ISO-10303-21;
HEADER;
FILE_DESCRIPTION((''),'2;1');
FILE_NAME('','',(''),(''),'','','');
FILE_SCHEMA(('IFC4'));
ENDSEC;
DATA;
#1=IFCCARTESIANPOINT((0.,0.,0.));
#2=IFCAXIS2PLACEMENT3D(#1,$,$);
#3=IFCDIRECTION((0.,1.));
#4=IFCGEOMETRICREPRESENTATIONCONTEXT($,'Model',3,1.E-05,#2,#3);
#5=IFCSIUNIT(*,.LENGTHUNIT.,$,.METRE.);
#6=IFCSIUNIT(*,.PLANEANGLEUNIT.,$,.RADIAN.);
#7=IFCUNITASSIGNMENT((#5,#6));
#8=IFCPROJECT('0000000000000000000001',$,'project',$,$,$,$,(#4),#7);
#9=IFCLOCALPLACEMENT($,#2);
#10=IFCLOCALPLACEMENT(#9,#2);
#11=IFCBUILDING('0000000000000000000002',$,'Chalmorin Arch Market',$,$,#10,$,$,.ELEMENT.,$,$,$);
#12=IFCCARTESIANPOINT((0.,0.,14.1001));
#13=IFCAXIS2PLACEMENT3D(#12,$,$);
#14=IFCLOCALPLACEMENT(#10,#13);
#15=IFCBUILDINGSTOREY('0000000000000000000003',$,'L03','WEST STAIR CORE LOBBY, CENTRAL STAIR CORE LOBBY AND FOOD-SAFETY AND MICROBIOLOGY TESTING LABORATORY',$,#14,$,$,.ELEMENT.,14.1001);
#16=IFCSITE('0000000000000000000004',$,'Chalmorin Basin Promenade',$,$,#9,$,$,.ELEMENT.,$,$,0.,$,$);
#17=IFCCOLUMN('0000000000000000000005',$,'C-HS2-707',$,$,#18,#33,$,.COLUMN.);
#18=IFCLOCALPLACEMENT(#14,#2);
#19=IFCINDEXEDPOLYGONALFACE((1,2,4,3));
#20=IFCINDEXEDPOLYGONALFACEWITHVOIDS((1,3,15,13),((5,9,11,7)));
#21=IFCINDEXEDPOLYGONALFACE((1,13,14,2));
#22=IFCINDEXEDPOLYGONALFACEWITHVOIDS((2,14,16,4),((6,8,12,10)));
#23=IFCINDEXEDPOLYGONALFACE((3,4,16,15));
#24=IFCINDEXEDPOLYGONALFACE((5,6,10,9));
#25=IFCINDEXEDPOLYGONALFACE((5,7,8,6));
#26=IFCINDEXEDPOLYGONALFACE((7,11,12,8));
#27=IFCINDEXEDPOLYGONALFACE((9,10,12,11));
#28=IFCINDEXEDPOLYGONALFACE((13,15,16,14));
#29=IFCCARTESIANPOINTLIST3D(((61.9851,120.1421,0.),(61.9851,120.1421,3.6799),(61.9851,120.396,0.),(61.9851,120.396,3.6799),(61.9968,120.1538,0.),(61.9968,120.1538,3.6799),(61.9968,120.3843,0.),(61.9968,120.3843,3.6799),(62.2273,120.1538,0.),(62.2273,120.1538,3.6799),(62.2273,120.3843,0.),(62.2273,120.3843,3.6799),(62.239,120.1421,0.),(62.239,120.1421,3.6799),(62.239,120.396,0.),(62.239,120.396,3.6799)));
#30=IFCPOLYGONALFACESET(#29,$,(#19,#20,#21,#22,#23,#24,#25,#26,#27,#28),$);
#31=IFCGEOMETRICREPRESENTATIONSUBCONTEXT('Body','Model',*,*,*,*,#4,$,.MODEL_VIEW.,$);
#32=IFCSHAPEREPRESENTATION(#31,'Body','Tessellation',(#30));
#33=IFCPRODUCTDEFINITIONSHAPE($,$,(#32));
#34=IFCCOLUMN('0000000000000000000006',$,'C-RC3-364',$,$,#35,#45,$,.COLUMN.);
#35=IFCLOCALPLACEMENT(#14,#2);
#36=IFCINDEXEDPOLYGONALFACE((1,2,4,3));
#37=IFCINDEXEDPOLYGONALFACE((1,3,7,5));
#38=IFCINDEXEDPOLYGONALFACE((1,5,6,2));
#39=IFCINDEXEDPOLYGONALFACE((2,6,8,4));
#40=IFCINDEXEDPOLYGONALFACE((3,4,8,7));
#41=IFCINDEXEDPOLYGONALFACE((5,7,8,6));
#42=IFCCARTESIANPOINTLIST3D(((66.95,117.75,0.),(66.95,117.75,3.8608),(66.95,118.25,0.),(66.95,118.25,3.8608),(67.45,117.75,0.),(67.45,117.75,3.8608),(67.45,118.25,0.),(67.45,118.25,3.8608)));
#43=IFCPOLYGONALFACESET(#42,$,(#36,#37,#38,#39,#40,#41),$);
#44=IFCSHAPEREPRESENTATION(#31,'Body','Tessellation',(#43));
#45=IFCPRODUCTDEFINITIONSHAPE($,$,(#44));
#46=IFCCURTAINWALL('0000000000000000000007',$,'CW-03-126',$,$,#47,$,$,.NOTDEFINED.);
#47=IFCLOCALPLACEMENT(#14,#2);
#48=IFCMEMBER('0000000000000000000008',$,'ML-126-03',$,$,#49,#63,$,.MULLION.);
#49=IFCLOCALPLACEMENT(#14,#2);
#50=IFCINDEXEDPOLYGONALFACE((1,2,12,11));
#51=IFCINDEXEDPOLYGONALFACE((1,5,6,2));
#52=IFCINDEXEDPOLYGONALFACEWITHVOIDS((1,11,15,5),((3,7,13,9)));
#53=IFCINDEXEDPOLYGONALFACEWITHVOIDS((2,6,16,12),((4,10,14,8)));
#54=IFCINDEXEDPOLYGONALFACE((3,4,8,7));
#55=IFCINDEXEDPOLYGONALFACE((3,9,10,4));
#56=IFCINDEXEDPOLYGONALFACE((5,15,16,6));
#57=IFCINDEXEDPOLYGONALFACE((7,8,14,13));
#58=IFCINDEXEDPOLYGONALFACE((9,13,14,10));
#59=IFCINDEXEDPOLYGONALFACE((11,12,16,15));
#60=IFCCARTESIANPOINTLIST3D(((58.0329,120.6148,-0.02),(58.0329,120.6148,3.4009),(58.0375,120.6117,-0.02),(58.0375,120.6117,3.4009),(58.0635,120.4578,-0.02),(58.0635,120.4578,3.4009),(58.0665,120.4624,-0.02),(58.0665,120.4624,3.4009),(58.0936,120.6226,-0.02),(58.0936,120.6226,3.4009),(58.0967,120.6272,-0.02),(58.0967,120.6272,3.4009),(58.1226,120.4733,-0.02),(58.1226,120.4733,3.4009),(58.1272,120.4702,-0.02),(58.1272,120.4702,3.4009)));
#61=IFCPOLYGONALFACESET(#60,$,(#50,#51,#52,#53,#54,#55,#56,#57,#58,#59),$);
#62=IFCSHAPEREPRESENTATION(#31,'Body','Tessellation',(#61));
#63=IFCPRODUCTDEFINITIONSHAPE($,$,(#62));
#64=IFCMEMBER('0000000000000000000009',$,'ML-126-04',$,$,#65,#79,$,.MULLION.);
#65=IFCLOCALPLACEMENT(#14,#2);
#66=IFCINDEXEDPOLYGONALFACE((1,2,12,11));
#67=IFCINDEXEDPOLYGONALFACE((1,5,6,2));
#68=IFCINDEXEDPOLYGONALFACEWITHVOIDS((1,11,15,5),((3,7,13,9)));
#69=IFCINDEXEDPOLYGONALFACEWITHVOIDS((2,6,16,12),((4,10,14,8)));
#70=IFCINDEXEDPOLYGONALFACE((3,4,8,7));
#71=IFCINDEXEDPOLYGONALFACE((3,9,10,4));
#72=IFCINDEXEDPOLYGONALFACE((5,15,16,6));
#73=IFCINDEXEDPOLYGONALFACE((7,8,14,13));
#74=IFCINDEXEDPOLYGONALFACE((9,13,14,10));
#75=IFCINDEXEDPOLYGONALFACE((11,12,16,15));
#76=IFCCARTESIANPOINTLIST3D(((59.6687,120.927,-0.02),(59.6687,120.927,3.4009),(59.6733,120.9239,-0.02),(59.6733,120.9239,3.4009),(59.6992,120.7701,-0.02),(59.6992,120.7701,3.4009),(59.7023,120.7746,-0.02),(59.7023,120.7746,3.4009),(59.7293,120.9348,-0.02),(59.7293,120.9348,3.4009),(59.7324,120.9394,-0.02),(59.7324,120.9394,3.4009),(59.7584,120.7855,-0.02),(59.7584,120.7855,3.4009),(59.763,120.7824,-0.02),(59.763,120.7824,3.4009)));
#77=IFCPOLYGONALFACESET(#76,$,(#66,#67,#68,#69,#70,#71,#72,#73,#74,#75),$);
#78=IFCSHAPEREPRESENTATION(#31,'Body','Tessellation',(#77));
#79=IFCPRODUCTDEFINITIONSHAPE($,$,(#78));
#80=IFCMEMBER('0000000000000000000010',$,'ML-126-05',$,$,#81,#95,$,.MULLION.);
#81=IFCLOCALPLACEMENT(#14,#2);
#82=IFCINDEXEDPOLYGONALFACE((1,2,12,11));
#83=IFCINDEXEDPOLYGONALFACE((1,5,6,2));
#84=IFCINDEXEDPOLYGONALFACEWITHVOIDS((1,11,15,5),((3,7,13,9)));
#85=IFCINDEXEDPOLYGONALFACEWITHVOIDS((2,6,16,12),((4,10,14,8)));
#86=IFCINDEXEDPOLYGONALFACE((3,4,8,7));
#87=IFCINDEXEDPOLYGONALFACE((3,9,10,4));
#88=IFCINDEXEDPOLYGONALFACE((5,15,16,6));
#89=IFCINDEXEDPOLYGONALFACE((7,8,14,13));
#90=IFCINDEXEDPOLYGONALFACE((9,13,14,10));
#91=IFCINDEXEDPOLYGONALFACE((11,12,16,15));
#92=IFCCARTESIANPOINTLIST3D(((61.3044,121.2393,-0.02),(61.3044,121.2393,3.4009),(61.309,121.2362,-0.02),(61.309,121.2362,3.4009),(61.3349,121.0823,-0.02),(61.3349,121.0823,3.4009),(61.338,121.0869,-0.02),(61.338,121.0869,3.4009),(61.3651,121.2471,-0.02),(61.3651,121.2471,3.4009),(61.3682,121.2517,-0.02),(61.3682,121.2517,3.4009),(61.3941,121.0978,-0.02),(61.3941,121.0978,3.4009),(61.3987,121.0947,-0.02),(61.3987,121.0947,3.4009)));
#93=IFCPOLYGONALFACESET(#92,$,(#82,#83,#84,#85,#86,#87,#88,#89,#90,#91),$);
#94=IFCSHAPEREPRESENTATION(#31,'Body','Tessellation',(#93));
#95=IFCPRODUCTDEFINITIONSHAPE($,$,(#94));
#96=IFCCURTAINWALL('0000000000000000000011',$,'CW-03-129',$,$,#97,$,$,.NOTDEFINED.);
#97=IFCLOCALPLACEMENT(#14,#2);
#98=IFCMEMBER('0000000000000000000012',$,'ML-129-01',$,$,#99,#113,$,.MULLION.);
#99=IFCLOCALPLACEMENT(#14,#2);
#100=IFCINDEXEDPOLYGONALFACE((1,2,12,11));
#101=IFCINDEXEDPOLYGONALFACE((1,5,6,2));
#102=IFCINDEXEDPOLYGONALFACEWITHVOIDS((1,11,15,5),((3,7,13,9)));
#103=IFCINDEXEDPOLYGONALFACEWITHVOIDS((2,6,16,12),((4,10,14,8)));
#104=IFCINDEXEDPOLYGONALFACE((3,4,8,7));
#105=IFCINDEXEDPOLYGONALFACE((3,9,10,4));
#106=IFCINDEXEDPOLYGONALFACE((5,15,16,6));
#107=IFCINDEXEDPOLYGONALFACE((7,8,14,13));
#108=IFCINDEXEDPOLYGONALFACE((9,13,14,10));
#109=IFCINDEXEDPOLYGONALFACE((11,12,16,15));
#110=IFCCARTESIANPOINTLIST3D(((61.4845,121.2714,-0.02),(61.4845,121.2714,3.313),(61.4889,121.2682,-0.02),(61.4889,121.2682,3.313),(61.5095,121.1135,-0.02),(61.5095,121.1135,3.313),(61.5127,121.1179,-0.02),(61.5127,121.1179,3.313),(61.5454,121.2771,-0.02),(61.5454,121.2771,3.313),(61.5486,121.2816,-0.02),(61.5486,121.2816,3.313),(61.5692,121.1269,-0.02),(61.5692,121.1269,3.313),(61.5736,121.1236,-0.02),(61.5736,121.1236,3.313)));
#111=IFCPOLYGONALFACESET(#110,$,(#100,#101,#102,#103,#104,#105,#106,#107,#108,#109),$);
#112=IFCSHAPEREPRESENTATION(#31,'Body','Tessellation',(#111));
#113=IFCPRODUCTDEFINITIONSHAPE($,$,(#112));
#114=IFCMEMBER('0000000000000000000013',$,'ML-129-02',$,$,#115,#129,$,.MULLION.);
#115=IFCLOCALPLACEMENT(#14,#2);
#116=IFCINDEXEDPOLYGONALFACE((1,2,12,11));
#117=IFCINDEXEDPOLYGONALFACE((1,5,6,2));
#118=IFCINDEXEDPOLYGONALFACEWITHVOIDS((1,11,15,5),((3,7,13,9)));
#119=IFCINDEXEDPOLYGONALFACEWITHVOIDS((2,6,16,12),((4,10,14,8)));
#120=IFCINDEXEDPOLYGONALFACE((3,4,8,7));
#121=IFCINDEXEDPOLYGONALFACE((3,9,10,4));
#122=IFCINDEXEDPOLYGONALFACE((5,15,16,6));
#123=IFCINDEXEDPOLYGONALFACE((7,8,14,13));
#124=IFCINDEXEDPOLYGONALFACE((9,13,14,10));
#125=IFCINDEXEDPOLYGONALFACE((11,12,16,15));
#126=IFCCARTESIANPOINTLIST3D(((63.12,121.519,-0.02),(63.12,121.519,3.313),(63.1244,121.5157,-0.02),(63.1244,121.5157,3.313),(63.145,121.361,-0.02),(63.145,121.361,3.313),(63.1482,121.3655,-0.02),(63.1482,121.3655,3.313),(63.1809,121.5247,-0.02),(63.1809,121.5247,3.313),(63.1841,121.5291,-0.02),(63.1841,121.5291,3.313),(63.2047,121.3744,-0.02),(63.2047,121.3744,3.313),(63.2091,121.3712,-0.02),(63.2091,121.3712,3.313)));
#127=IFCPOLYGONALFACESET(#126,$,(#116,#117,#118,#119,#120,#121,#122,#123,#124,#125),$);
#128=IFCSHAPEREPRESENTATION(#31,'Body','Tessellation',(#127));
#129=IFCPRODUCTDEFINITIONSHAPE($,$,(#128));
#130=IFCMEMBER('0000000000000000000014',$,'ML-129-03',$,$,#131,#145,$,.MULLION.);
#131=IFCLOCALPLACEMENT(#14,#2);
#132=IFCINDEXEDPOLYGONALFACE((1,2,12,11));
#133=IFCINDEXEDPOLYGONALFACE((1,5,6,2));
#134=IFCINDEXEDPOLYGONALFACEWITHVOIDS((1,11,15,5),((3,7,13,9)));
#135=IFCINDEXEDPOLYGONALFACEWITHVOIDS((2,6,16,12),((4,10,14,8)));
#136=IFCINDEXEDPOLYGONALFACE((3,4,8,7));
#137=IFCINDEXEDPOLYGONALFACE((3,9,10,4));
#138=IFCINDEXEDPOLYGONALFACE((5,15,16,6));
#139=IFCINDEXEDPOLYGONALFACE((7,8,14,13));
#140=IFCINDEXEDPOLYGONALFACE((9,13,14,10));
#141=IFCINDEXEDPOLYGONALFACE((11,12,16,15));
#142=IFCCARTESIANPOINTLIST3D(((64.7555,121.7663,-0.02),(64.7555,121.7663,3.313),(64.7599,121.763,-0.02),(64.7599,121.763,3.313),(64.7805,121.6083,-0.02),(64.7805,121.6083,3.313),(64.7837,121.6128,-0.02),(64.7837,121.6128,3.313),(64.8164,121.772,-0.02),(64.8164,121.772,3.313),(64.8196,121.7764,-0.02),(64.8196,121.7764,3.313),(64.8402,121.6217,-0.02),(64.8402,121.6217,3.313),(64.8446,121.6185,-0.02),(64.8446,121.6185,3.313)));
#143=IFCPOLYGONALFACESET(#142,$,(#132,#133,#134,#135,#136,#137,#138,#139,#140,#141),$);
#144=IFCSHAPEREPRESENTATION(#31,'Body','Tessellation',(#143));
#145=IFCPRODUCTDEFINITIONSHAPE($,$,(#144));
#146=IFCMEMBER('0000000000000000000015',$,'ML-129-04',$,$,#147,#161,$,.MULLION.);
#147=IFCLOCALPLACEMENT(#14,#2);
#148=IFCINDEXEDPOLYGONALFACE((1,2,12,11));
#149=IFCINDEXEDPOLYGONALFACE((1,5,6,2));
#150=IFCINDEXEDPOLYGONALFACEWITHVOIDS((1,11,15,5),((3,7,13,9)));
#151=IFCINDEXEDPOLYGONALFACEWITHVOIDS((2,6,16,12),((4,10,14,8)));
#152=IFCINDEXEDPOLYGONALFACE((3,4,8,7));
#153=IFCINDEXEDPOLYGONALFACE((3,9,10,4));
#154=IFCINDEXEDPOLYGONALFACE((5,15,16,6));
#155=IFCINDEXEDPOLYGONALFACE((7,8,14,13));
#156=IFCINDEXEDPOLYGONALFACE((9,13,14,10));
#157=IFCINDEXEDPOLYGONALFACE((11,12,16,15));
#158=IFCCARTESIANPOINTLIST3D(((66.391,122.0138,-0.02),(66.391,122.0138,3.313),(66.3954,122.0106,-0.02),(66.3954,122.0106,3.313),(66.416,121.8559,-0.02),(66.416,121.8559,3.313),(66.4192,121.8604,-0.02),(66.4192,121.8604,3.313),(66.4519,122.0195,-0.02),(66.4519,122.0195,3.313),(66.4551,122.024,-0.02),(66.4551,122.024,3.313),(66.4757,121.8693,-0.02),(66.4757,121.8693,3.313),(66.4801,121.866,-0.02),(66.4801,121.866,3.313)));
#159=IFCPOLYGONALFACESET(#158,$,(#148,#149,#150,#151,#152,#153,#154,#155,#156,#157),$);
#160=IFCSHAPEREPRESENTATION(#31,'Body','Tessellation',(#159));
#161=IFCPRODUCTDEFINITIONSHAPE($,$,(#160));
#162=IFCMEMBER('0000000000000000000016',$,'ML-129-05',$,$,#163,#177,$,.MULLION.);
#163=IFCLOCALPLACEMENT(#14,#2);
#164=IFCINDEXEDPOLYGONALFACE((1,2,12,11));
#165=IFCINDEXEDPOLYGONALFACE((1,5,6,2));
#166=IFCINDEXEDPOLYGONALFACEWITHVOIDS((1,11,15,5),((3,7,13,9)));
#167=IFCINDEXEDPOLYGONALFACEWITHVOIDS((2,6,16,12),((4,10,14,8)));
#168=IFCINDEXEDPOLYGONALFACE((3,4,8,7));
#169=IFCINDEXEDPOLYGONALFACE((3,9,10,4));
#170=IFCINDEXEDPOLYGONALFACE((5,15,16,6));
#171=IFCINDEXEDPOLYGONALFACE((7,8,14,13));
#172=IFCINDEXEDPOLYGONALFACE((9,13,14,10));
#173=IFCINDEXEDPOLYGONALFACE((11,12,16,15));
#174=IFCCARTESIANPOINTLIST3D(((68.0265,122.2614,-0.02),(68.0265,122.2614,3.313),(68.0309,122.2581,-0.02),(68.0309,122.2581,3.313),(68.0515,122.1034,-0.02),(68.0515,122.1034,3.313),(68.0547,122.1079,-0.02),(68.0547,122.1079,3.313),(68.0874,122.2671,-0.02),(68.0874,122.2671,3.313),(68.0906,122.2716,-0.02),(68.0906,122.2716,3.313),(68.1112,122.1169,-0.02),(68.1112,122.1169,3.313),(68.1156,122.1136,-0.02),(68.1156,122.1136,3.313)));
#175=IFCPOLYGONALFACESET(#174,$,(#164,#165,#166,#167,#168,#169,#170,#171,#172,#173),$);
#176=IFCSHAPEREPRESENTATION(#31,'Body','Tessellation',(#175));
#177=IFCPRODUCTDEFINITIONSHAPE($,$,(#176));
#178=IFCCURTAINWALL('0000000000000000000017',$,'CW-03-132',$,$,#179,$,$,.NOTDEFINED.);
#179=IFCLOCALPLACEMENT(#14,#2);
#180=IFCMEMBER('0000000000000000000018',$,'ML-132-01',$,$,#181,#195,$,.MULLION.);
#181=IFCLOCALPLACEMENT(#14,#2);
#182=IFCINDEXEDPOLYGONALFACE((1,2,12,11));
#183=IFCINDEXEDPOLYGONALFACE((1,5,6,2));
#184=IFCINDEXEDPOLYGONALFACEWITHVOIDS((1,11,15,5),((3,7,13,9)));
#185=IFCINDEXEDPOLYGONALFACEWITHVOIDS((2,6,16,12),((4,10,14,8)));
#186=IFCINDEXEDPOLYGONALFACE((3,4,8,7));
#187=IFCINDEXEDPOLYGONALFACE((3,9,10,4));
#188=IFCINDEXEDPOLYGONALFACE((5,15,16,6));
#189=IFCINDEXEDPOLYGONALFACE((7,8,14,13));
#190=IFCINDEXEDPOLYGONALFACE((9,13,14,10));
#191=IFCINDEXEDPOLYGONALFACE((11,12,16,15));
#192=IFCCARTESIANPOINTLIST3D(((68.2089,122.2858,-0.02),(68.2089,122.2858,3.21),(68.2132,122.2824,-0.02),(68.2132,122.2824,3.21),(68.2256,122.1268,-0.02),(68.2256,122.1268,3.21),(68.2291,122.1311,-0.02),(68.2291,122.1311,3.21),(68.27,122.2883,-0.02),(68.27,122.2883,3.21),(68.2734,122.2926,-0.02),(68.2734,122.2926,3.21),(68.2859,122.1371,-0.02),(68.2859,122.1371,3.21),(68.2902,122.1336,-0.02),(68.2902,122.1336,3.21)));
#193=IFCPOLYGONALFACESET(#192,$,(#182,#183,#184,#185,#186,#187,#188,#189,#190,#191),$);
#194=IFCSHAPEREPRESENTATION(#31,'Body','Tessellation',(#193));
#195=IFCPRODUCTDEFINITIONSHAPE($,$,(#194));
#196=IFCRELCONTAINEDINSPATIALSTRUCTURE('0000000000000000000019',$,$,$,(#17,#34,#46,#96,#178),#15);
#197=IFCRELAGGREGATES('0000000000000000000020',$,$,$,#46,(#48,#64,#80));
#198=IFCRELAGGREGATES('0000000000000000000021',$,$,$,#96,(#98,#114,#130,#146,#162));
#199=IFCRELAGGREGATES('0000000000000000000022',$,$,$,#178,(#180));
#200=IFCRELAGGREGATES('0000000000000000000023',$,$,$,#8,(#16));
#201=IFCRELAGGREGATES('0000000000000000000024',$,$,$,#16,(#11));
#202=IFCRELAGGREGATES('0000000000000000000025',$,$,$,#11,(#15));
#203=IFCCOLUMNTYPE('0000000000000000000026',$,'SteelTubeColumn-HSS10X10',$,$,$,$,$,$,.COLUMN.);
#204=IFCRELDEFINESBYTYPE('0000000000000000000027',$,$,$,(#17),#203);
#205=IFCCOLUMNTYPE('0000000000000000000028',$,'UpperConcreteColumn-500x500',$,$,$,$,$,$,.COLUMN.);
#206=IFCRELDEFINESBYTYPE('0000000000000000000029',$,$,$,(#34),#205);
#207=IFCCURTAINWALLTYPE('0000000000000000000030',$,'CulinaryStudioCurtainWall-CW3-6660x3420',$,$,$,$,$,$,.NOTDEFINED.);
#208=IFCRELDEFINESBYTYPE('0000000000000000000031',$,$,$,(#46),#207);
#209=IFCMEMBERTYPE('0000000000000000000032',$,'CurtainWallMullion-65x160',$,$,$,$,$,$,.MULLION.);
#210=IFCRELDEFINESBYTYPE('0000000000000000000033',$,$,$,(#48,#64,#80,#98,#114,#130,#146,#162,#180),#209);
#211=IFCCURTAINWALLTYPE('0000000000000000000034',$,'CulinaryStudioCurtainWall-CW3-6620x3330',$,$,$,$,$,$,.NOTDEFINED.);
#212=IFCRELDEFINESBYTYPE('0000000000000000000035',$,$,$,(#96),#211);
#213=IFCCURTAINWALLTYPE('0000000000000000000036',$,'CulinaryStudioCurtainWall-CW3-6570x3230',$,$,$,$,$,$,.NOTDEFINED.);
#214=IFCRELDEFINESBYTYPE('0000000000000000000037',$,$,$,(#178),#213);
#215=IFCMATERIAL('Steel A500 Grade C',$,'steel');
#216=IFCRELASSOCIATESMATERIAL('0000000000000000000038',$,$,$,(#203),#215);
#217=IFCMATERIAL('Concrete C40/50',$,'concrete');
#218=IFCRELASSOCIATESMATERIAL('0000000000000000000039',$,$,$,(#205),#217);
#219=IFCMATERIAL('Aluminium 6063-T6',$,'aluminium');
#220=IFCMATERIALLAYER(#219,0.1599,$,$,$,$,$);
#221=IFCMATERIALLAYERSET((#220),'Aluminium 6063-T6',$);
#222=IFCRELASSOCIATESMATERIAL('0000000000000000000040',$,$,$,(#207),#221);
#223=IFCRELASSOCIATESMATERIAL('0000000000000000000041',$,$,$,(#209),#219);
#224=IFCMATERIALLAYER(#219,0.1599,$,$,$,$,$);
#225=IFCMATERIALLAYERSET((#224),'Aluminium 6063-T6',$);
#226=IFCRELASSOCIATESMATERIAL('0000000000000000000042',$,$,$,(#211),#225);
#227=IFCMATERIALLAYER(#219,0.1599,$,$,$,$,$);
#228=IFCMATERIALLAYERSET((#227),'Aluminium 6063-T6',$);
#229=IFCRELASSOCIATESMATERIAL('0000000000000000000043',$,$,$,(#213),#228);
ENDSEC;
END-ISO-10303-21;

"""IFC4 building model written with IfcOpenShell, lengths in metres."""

from ifc_helpers import new_model, si_unit, direction, frame, origin, origin_2d, place, context, subcontext, project, spatial, rectangle, hollow_rectangle, extrude, material, layer, layer_set, material_profile, profile_set, type_object, element, aggregate, save


model = new_model("IFC4")

# Units and contexts
model_context = context("Model", 3, precision=1e-05, world=origin(), true_north=direction((0.0, 1.0)))
body_context = subcontext(model_context, "Body", "Model", "MODEL_VIEW")
ifc_project = project(units=[si_unit("LENGTHUNIT", "METRE"), si_unit("PLANEANGLEUNIT", "RADIAN")], contexts=[model_context])

# Site, building, storey
site_placement = place(None, origin())
site = spatial("IfcSite", under=ifc_project, at=site_placement, Name="Chalmorin Basin Promenade", CompositionType="ELEMENT", RefElevation=0.0)
building_placement = place(site_placement, origin())
building = spatial("IfcBuilding", under=site, at=building_placement, Name="Chalmorin Arch Market", CompositionType="ELEMENT")
storey_placement = place(building_placement, frame((0.0, 0.0, 14.1001)))
storey = spatial("IfcBuildingStorey", under=building, at=storey_placement, Name="L03", Description="WEST STAIR CORE LOBBY, CENTRAL STAIR CORE LOBBY AND FOOD-SAFETY AND MICROBIOLOGY TESTING LABORATORY", CompositionType="ELEMENT", Elevation=14.1001)

# Columns
ifc_material_1 = material(Name="Steel A500 Grade C", Category="steel")
ifc_material_profile_1 = material_profile(ifc_material_1, hollow_rectangle(XDim=0.2539, YDim=0.2539, WallThickness=0.0117, at=origin_2d()), Name="HSS10X10X1/2")
ifc_profile_set_1 = profile_set([ifc_material_profile_1], Name="Steel A500 Grade C")
column_type_1 = type_object("IfcColumnType", Name="SteelTubeColumn-HSS10X10", PredefinedType="COLUMN", material=ifc_profile_set_1)
column_1_placement = place(storey_placement, frame((62.1121, 120.269, 0.0), z_axis=(0.0, 0.0, 1.0), x_axis=(1.0, 0.0, 0.0)))
element("IfcColumn", 1, at=column_1_placement, inside=storey, type_object=column_type_1, Name="C-HS2-707", PredefinedType="COLUMN", context=body_context, shape_type="SweptSolid", body=[
    extrude(hollow_rectangle(XDim=0.2539, YDim=0.2539, WallThickness=0.0117, at=origin_2d()), origin(), (0.0, 0.0, 1.0), 3.6799),
])
ifc_material_2 = material(Name="Concrete C40/50", Category="concrete")
ifc_material_profile_2 = material_profile(ifc_material_2, rectangle(XDim=0.5, YDim=0.5, at=origin_2d()), Name="RC500X500")
ifc_profile_set_2 = profile_set([ifc_material_profile_2], Name="Concrete C40/50")
column_type_2 = type_object("IfcColumnType", Name="UpperConcreteColumn-500x500", PredefinedType="COLUMN", material=ifc_profile_set_2)
column_2_placement = place(storey_placement, frame((67.2, 118.0, 0.0), z_axis=(0.0, 0.0, 1.0), x_axis=(1.0, 0.0, 0.0)))
element("IfcColumn", 2, at=column_2_placement, inside=storey, type_object=column_type_2, Name="C-RC3-364", PredefinedType="COLUMN", context=body_context, shape_type="SweptSolid", body=[
    extrude(rectangle(XDim=0.5, YDim=0.5, at=origin_2d()), origin(), (0.0, 0.0, 1.0), 3.8608),
])

# Curtain walls, members
ifc_material_3 = material(Name="Aluminium 6063-T6", Category="aluminium")
ifc_layer_1 = layer(ifc_material_3, 0.1599)
ifc_layer_set_1 = layer_set([ifc_layer_1], Name="Aluminium 6063-T6")
curtain_wall_type_1 = type_object("IfcCurtainWallType", Name="CulinaryStudioCurtainWall-CW3-6660x3420", PredefinedType="NOTDEFINED", material=ifc_layer_set_1)
curtain_wall_1_placement = place(storey_placement, origin())
curtain_wall_1 = element("IfcCurtainWall", 3, at=curtain_wall_1_placement, inside=storey, type_object=curtain_wall_type_1, Name="CW-03-126", PredefinedType="NOTDEFINED")
ifc_material_profile_3 = material_profile(ifc_material_3, hollow_rectangle(XDim=0.0649, YDim=0.1599, WallThickness=0.0039, at=origin_2d()), Name="ALU65X160X4")
ifc_profile_set_3 = profile_set([ifc_material_profile_3], Name="Aluminium 6063-T6")
member_type_1 = type_object("IfcMemberType", Name="CurtainWallMullion-65x160", PredefinedType="MULLION", material=ifc_profile_set_3)
member_1_placement = place(storey_placement, frame((58.0801, 120.5425, -0.02), z_axis=(0.0, 0.0, 1.0), x_axis=(0.981627, 0.190809, 0.0)))
member_1 = element("IfcMember", 4, at=member_1_placement, type_object=member_type_1, Name="ML-126-03", PredefinedType="MULLION", context=body_context, shape_type="SweptSolid", body=[
    extrude(hollow_rectangle(XDim=0.0649, YDim=0.1599, WallThickness=0.0039, at=origin_2d()), origin(), (0.0, 0.0, 1.0), 3.4209),
])
member_2_placement = place(storey_placement, frame((59.7158, 120.8547, -0.02), z_axis=(0.0, 0.0, 1.0), x_axis=(0.981627, 0.190809, 0.0)))
member_2 = element("IfcMember", 5, at=member_2_placement, type_object=member_type_1, Name="ML-126-04", PredefinedType="MULLION", context=body_context, shape_type="SweptSolid", body=[
    extrude(hollow_rectangle(XDim=0.0649, YDim=0.1599, WallThickness=0.0039, at=origin_2d()), origin(), (0.0, 0.0, 1.0), 3.4209),
])
member_3_placement = place(storey_placement, frame((61.3516, 121.167, -0.02), z_axis=(0.0, 0.0, 1.0), x_axis=(0.981627, 0.190809, 0.0)))
member_3 = element("IfcMember", 6, at=member_3_placement, type_object=member_type_1, Name="ML-126-05", PredefinedType="MULLION", context=body_context, shape_type="SweptSolid", body=[
    extrude(hollow_rectangle(XDim=0.0649, YDim=0.1599, WallThickness=0.0039, at=origin_2d()), origin(), (0.0, 0.0, 1.0), 3.4209),
])
ifc_layer_2 = layer(ifc_material_3, 0.1599)
ifc_layer_set_2 = layer_set([ifc_layer_2], Name="Aluminium 6063-T6")
curtain_wall_type_2 = type_object("IfcCurtainWallType", Name="CulinaryStudioCurtainWall-CW3-6620x3330", PredefinedType="NOTDEFINED", material=ifc_layer_set_2)
curtain_wall_2_placement = place(storey_placement, origin())
curtain_wall_2 = element("IfcCurtainWall", 7, at=curtain_wall_2_placement, inside=storey, type_object=curtain_wall_type_2, Name="CW-03-129", PredefinedType="NOTDEFINED")
member_4_placement = place(storey_placement, frame((61.5291, 121.1975, -0.02), z_axis=(0.0, 0.0, 1.0), x_axis=(0.987688, 0.156434, 0.0)))
member_4 = element("IfcMember", 8, at=member_4_placement, type_object=member_type_1, Name="ML-129-01", PredefinedType="MULLION", context=body_context, shape_type="SweptSolid", body=[
    extrude(hollow_rectangle(XDim=0.0649, YDim=0.1599, WallThickness=0.0039, at=origin_2d()), origin(), (0.0, 0.0, 1.0), 3.333),
])
member_5_placement = place(storey_placement, frame((63.1646, 121.4451, -0.02), z_axis=(0.0, 0.0, 1.0), x_axis=(0.987688, 0.156434, 0.0)))
member_5 = element("IfcMember", 9, at=member_5_placement, type_object=member_type_1, Name="ML-129-02", PredefinedType="MULLION", context=body_context, shape_type="SweptSolid", body=[
    extrude(hollow_rectangle(XDim=0.0649, YDim=0.1599, WallThickness=0.0039, at=origin_2d()), origin(), (0.0, 0.0, 1.0), 3.333),
])
member_6_placement = place(storey_placement, frame((64.8, 121.6924, -0.02), z_axis=(0.0, 0.0, 1.0), x_axis=(0.987688, 0.156434, 0.0)))
member_6 = element("IfcMember", 10, at=member_6_placement, type_object=member_type_1, Name="ML-129-03", PredefinedType="MULLION", context=body_context, shape_type="SweptSolid", body=[
    extrude(hollow_rectangle(XDim=0.0649, YDim=0.1599, WallThickness=0.0039, at=origin_2d()), origin(), (0.0, 0.0, 1.0), 3.333),
])
member_7_placement = place(storey_placement, frame((66.4355, 121.9399, -0.02), z_axis=(0.0, 0.0, 1.0), x_axis=(0.987688, 0.156434, 0.0)))
member_7 = element("IfcMember", 11, at=member_7_placement, type_object=member_type_1, Name="ML-129-04", PredefinedType="MULLION", context=body_context, shape_type="SweptSolid", body=[
    extrude(hollow_rectangle(XDim=0.0649, YDim=0.1599, WallThickness=0.0039, at=origin_2d()), origin(), (0.0, 0.0, 1.0), 3.333),
])
member_8_placement = place(storey_placement, frame((68.071, 122.1875, -0.02), z_axis=(0.0, 0.0, 1.0), x_axis=(0.987688, 0.156434, 0.0)))
member_8 = element("IfcMember", 12, at=member_8_placement, type_object=member_type_1, Name="ML-129-05", PredefinedType="MULLION", context=body_context, shape_type="SweptSolid", body=[
    extrude(hollow_rectangle(XDim=0.0649, YDim=0.1599, WallThickness=0.0039, at=origin_2d()), origin(), (0.0, 0.0, 1.0), 3.333),
])
ifc_layer_3 = layer(ifc_material_3, 0.1599)
ifc_layer_set_3 = layer_set([ifc_layer_3], Name="Aluminium 6063-T6")
curtain_wall_type_3 = type_object("IfcCurtainWallType", Name="CulinaryStudioCurtainWall-CW3-6570x3230", PredefinedType="NOTDEFINED", material=ifc_layer_set_3)
curtain_wall_3_placement = place(storey_placement, origin())
curtain_wall_3 = element("IfcCurtainWall", 13, at=curtain_wall_3_placement, inside=storey, type_object=curtain_wall_type_3, Name="CW-03-132", PredefinedType="NOTDEFINED")
member_9_placement = place(storey_placement, frame((68.2495, 122.2097, -0.02), z_axis=(0.0, 0.0, 1.0), x_axis=(0.994522, 0.104528, 0.0)))
member_9 = element("IfcMember", 14, at=member_9_placement, type_object=member_type_1, Name="ML-132-01", PredefinedType="MULLION", context=body_context, shape_type="SweptSolid", body=[
    extrude(hollow_rectangle(XDim=0.0649, YDim=0.1599, WallThickness=0.0039, at=origin_2d()), origin(), (0.0, 0.0, 1.0), 3.23),
])

aggregate(curtain_wall_1, [member_1, member_2, member_3])
aggregate(curtain_wall_2, [member_4, member_5, member_6, member_7, member_8])
aggregate(curtain_wall_3, [member_9])

save(model, "model.ifc")
